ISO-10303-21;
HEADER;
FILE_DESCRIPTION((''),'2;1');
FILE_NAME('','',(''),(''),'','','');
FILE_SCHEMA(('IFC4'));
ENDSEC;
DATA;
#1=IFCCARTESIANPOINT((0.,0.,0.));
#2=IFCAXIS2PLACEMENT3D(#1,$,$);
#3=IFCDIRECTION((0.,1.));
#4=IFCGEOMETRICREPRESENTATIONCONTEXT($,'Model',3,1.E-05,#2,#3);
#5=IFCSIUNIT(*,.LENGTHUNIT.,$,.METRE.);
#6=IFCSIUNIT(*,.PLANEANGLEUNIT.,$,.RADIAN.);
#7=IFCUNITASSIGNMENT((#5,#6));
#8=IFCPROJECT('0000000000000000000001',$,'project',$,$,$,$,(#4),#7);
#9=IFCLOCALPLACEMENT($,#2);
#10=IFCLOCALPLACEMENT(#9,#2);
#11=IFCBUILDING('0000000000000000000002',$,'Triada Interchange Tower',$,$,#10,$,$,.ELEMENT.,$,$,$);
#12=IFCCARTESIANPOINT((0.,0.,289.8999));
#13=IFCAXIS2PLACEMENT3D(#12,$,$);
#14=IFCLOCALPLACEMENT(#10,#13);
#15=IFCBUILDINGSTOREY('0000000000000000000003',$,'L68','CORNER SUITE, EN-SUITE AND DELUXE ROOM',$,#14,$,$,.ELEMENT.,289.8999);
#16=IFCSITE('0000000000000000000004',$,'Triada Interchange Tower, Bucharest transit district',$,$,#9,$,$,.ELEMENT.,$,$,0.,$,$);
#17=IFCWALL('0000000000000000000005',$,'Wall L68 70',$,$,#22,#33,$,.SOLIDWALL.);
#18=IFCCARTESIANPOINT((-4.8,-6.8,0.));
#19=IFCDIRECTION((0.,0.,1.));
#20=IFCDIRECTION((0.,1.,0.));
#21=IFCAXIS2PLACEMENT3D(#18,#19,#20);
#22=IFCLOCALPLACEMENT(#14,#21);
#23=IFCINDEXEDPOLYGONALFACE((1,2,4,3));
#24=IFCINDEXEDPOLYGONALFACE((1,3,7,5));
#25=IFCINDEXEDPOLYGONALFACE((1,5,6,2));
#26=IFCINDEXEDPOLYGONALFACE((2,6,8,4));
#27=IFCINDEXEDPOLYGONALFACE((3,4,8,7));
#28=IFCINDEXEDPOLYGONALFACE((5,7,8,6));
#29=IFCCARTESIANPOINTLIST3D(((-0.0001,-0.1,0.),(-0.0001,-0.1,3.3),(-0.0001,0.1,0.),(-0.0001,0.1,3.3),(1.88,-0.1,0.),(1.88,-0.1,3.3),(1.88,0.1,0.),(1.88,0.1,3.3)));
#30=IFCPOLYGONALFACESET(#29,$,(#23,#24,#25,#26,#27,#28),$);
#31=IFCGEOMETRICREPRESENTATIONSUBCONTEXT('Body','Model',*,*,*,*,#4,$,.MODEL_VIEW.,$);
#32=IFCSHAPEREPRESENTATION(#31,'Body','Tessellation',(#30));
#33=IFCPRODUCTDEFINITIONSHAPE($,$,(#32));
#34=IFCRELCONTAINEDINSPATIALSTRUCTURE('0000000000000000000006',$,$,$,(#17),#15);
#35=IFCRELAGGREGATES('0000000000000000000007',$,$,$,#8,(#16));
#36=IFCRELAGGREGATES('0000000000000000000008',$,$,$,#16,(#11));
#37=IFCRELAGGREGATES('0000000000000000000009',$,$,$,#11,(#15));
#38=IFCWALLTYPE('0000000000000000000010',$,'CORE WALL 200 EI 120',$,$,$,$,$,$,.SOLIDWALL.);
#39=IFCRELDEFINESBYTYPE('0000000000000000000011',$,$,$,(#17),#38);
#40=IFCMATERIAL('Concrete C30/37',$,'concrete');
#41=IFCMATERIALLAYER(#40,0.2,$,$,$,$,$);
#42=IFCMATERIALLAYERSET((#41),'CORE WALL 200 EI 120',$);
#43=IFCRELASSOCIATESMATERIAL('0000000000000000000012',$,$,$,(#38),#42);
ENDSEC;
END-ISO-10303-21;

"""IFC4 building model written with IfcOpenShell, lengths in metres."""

from ifc_helpers import new_model, si_unit, direction, frame, frame_2d, origin, place, context, subcontext, project, spatial, rectangle, extrude, material, layer, layer_set, type_object, element, save


model = new_model("IFC4")

# Units and contexts
model_context = context("Model", 3, precision=1e-05, world=origin(), true_north=direction((0.0, 1.0)))
body_context = subcontext(model_context, "Body", "Model", "MODEL_VIEW")
ifc_project = project(units=[si_unit("LENGTHUNIT", "METRE"), si_unit("PLANEANGLEUNIT", "RADIAN")], contexts=[model_context])

# Site, building, storey
site_placement = place(None, origin())
site = spatial("IfcSite", under=ifc_project, at=site_placement, Name="Triada Interchange Tower, Bucharest transit district", CompositionType="ELEMENT", RefElevation=0.0)
building_placement = place(site_placement, origin())
building = spatial("IfcBuilding", under=site, at=building_placement, Name="Triada Interchange Tower", CompositionType="ELEMENT")
storey_placement = place(building_placement, frame((0.0, 0.0, 289.8999)))
storey = spatial("IfcBuildingStorey", under=building, at=storey_placement, Name="L68", Description="CORNER SUITE, EN-SUITE AND DELUXE ROOM", CompositionType="ELEMENT", Elevation=289.8999)

# Wall
ifc_material_1 = material(Name="Concrete C30/37", Category="concrete")
ifc_layer_1 = layer(ifc_material_1, 0.2)
ifc_layer_set_1 = layer_set([ifc_layer_1], Name="CORE WALL 200 EI 120")
wall_type_1 = type_object("IfcWallType", Name="CORE WALL 200 EI 120", PredefinedType="SOLIDWALL", material=ifc_layer_set_1)
wall_1_placement = place(storey_placement, frame((-4.8, -6.8, 0.0), z_axis=(0.0, 0.0, 1.0), x_axis=(0.0, 1.0, 0.0)))
element("IfcWall", 1, at=wall_1_placement, inside=storey, type_object=wall_type_1, Name="Wall L68 70", PredefinedType="SOLIDWALL", context=body_context, shape_type="SweptSolid", body=[
    extrude(rectangle(XDim=1.8801, YDim=0.2, at=frame_2d((0.9399, 0.0))), origin(), (0.0, 0.0, 1.0), 3.3),
])

save(model, "model.ifc")
